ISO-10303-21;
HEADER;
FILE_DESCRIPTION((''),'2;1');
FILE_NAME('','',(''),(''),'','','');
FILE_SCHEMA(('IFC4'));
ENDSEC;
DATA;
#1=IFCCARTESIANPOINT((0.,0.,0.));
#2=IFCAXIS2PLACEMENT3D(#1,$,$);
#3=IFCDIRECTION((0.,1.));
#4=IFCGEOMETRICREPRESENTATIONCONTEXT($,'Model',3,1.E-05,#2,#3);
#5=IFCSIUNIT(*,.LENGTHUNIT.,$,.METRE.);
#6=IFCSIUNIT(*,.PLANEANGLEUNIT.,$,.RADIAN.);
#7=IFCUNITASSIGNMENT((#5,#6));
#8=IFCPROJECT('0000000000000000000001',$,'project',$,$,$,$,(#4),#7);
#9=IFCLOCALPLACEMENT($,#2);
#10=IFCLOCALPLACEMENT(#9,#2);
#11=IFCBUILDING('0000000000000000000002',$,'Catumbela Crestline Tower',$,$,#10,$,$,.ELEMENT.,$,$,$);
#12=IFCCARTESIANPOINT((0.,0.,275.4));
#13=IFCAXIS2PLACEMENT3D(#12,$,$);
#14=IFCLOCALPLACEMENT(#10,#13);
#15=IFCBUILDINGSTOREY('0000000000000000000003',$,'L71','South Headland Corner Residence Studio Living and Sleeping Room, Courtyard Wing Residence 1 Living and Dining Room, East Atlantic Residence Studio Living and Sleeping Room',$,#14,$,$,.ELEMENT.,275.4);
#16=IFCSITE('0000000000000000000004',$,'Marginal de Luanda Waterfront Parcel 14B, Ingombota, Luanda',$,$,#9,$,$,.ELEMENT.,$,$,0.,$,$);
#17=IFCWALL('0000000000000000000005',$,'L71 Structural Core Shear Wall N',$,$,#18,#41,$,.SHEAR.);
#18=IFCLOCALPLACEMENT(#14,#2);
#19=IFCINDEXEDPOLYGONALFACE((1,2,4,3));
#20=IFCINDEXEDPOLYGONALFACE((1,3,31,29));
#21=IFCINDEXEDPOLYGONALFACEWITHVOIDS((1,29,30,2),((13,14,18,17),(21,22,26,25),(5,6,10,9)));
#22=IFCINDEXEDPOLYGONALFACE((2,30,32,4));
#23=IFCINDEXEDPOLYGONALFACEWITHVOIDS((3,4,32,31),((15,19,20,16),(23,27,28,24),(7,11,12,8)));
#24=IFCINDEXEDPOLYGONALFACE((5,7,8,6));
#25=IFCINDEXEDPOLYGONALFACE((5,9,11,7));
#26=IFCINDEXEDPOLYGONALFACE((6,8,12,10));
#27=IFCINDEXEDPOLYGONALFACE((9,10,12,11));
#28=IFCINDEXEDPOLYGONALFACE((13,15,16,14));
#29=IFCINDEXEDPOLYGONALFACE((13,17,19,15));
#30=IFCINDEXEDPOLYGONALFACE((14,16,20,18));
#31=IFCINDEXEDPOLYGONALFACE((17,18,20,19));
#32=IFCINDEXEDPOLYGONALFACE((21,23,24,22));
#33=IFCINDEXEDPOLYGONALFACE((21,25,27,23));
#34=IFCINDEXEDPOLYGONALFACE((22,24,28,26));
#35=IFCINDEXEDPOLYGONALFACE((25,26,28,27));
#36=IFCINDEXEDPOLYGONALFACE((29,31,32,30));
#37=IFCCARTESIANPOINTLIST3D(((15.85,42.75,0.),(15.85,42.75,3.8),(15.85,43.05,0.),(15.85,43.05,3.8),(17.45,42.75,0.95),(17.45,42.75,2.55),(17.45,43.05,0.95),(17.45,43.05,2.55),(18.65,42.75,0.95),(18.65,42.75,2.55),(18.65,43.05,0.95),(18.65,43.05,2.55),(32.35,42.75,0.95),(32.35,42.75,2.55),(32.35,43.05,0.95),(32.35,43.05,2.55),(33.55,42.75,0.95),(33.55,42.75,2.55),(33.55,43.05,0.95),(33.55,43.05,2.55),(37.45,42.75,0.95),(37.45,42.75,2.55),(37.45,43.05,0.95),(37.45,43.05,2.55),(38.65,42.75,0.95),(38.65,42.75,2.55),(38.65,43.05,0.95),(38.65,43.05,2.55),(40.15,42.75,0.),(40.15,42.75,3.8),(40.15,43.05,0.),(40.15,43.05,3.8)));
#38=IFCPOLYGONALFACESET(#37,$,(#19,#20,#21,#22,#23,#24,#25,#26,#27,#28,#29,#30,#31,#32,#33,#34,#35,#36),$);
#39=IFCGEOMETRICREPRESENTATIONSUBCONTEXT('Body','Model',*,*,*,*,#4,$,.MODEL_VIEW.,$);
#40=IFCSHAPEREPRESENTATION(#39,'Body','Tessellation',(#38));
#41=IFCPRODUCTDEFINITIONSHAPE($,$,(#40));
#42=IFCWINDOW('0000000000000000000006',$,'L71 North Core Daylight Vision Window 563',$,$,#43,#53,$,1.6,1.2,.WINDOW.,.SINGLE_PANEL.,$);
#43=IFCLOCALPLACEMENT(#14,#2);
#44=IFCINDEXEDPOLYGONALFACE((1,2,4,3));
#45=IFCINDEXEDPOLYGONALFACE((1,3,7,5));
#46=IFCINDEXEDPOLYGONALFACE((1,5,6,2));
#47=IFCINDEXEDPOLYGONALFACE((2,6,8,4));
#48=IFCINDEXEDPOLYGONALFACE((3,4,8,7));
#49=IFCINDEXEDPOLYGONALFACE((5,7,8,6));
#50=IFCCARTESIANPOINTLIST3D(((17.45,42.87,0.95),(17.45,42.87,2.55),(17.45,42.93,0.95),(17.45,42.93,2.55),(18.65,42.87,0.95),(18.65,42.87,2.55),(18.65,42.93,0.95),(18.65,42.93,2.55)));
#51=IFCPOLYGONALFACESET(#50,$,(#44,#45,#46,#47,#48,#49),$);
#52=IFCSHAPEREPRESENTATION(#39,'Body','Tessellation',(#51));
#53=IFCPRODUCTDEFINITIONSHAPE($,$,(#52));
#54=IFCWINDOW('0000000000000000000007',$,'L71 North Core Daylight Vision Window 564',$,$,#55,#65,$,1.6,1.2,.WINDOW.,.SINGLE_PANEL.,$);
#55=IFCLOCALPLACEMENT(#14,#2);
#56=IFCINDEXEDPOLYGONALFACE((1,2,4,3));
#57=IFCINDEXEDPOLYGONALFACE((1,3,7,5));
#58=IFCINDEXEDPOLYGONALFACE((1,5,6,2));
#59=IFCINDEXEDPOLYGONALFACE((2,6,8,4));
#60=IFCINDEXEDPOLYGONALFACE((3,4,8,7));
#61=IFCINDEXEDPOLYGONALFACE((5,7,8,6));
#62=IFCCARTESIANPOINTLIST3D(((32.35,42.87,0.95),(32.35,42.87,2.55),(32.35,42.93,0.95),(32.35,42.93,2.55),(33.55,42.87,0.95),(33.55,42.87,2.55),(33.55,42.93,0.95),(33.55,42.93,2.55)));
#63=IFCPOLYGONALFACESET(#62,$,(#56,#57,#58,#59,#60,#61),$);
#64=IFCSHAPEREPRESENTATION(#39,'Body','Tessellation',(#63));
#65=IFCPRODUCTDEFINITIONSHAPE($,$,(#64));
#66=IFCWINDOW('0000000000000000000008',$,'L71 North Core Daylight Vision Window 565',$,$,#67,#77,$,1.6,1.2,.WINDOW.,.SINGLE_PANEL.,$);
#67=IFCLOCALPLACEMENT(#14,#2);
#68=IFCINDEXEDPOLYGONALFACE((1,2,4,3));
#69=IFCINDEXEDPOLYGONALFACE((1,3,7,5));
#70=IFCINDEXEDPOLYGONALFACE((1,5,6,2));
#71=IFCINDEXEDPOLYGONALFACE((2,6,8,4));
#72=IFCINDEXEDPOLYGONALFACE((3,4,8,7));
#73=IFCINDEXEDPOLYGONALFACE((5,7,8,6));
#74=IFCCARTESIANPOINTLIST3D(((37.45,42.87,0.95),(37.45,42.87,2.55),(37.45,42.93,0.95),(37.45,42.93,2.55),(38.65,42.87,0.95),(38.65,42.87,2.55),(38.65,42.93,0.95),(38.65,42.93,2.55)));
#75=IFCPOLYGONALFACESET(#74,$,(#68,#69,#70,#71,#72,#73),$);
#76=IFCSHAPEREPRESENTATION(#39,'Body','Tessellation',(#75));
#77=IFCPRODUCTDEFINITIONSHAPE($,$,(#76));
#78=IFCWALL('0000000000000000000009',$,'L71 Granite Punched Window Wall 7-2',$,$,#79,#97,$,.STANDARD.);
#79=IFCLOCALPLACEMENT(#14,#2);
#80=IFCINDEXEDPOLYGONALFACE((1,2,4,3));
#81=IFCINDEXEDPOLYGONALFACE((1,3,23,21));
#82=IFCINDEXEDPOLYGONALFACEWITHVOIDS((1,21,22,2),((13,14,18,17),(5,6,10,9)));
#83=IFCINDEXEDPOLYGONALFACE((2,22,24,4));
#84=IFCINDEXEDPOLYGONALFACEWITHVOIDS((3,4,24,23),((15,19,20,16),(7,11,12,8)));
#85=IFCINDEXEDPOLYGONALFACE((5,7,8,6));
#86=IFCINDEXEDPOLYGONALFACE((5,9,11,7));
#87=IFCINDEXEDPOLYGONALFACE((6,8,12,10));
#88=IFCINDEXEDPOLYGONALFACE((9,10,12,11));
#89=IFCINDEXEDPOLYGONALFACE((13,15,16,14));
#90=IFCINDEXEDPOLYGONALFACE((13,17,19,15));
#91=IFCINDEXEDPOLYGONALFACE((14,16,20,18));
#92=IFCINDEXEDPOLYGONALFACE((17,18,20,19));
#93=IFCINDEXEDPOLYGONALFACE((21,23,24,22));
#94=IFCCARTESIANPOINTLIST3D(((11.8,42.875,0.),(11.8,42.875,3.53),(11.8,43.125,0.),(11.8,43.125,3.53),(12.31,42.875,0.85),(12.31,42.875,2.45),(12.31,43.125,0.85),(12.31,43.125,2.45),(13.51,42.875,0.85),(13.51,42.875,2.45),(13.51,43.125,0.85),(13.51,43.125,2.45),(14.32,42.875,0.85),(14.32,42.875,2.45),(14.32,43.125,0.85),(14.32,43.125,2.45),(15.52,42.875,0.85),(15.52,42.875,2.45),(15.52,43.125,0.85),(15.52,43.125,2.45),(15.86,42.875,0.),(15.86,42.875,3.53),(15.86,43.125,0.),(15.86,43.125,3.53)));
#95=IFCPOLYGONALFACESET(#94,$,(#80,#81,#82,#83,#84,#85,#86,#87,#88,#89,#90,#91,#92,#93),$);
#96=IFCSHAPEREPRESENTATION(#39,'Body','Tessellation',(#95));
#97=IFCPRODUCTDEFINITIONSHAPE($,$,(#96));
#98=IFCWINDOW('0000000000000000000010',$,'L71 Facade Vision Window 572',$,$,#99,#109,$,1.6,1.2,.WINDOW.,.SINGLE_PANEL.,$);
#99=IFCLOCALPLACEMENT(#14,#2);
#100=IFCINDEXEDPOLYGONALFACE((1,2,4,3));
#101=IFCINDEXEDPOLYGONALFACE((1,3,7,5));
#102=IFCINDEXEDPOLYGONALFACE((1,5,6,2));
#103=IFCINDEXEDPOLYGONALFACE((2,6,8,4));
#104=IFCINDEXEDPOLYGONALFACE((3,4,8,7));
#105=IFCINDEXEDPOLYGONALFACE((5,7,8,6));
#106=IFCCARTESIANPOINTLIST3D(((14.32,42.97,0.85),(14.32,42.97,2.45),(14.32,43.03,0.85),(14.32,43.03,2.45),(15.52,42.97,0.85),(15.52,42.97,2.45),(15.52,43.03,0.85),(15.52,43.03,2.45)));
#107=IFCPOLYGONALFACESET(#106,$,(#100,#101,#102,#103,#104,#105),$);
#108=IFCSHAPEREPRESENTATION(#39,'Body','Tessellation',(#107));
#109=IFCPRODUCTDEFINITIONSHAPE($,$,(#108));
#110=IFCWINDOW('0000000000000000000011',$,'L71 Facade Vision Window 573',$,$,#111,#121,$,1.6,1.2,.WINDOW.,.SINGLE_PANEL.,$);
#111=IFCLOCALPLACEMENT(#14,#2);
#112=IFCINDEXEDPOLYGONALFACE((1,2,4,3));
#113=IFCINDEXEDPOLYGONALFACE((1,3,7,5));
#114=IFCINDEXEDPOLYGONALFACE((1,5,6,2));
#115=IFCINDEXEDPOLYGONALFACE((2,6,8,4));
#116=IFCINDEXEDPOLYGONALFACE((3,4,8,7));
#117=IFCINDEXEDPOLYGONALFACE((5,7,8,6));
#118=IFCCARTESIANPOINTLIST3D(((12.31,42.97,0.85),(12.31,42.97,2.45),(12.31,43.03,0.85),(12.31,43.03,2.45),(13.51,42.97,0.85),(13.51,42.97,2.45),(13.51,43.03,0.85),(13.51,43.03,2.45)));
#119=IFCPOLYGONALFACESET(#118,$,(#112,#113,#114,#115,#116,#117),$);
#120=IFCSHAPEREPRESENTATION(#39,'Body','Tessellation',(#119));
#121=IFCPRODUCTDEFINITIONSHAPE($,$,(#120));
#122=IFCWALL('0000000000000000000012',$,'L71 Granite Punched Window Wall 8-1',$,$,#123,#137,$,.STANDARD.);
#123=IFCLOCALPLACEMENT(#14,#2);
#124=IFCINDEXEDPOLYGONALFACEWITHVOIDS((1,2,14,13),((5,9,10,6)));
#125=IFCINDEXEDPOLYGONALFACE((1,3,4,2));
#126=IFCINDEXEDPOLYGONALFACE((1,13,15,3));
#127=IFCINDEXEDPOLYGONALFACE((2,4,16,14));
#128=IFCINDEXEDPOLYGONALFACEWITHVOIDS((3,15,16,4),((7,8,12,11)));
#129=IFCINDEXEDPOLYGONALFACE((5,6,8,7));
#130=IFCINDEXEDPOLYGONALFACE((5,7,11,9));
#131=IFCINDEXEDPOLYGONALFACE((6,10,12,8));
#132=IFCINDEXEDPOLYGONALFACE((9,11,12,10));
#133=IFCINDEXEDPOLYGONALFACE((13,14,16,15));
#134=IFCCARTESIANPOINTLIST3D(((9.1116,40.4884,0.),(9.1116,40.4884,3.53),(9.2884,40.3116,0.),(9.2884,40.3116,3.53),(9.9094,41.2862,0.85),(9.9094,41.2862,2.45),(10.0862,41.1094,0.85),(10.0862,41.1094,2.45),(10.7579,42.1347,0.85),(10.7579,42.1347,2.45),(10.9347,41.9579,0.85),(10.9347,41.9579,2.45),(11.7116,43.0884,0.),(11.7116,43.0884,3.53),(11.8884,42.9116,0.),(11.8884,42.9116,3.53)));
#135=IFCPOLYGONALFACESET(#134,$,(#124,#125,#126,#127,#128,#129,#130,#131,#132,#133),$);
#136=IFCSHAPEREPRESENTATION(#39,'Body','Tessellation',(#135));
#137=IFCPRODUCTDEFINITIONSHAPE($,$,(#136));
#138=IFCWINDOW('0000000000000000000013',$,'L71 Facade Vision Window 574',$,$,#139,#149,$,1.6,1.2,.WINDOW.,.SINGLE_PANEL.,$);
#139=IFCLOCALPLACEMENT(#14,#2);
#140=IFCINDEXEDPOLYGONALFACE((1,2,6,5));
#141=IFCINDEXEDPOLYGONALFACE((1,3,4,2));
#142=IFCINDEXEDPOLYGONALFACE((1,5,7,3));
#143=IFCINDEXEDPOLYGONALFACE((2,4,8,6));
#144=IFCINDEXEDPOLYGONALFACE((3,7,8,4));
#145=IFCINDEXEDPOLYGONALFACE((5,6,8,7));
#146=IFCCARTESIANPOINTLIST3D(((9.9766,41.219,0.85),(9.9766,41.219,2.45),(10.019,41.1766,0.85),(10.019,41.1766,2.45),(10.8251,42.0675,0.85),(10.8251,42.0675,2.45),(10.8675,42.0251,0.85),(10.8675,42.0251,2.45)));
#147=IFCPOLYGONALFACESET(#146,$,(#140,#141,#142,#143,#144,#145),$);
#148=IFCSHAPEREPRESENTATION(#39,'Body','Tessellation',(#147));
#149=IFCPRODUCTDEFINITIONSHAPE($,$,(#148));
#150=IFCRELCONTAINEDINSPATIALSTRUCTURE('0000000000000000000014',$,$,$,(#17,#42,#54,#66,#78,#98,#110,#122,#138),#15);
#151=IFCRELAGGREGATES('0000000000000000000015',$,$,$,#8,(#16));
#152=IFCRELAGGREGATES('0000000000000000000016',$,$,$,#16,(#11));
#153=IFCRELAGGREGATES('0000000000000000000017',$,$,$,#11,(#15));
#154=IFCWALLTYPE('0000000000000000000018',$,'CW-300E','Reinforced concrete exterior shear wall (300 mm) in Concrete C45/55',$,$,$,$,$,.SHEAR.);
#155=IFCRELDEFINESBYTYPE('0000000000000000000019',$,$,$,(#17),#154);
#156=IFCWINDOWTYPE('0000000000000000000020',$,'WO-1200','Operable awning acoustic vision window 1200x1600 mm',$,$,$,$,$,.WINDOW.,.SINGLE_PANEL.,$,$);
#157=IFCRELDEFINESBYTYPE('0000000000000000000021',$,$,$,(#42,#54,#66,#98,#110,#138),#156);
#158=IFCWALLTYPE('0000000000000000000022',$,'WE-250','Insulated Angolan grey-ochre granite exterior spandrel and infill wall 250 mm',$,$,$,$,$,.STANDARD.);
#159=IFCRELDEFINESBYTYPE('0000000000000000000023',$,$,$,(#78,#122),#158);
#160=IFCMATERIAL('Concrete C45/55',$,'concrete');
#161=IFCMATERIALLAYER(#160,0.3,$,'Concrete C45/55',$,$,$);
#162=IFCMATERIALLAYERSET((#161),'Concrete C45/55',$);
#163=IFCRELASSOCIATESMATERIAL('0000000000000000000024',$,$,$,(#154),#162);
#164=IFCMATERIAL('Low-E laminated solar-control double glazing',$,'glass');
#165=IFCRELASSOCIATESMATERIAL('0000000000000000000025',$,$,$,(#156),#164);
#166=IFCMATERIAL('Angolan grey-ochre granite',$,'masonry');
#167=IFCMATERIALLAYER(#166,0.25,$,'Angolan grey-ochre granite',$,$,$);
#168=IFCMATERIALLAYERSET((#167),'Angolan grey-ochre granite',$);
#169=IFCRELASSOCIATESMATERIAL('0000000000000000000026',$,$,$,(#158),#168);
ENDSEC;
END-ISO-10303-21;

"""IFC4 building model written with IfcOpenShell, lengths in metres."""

from ifc_helpers import new_model, si_unit, direction, frame, frame_2d, origin, place, context, subcontext, project, spatial, rectangle, extrude, material, layer, layer_set, type_object, element, fill, save


model = new_model("IFC4")

# Units and contexts
model_context = context("Model", 3, precision=1e-05, world=origin(), true_north=direction((0.0, 1.0)))
body_context = subcontext(model_context, "Body", "Model", "MODEL_VIEW")
ifc_project = project(units=[si_unit("LENGTHUNIT", "METRE"), si_unit("PLANEANGLEUNIT", "RADIAN")], contexts=[model_context])

# Site, building, storey
site_placement = place(None, origin())
site = spatial("IfcSite", under=ifc_project, at=site_placement, Name="Marginal de Luanda Waterfront Parcel 14B, Ingombota, Luanda", CompositionType="ELEMENT", RefElevation=0.0)
building_placement = place(site_placement, origin())
building = spatial("IfcBuilding", under=site, at=building_placement, Name="Catumbela Crestline Tower", CompositionType="ELEMENT")
storey_placement = place(building_placement, frame((0.0, 0.0, 275.4)))
storey = spatial("IfcBuildingStorey", under=building, at=storey_placement, Name="L71", Description="South Headland Corner Residence Studio Living and Sleeping Room, Courtyard Wing Residence 1 Living and Dining Room, East Atlantic Residence Studio Living and Sleeping Room", CompositionType="ELEMENT", Elevation=275.4)

# Shared definitions
ifc_material_1 = material(Name="Low-E laminated solar-control double glazing", Category="glass")

# Walls, openings, windows
ifc_material_2 = material(Name="Concrete C45/55", Category="concrete")
ifc_layer_1 = layer(ifc_material_2, 0.3, Name="Concrete C45/55")
ifc_layer_set_1 = layer_set([ifc_layer_1], Name="Concrete C45/55")
wall_type_1 = type_object("IfcWallType", Name="CW-300E", Description="Reinforced concrete exterior shear wall (300 mm) in Concrete C45/55", PredefinedType="SHEAR", material=ifc_layer_set_1)
wall_1_placement = place(storey_placement, frame((15.85, 42.9, 0.0), z_axis=(0.0, 0.0, 1.0), x_axis=(1.0, 0.0, 0.0)))
wall_1 = element("IfcWall", 1, at=wall_1_placement, inside=storey, type_object=wall_type_1, Name="L71 Structural Core Shear Wall N", PredefinedType="SHEAR", context=body_context, shape_type="SweptSolid", body=[
    extrude(rectangle(XDim=24.3, YDim=0.3, at=frame_2d((12.15, 0.0))), origin(), (0.0, 0.0, 1.0), 3.8),
])
opening_1_placement = place(wall_1_placement, frame((1.6, 0.0, 0.95)))
opening_1 = element("IfcOpeningElement", 2, at=opening_1_placement, cuts=wall_1, PredefinedType="OPENING", context=body_context, shape_type="SweptSolid", body=[
    extrude(rectangle(XDim=1.2, YDim=1.6, at=frame_2d((0.6, 0.8))), frame((0.0, 0.16, 0.0), z_axis=(0.0, -1.0, 0.0), x_axis=(1.0, 0.0, 0.0)), (0.0, 0.0, 1.0), 0.32),
])
opening_2_placement = place(wall_1_placement, frame((16.5, 0.0, 0.95)))
opening_2 = element("IfcOpeningElement", 3, at=opening_2_placement, cuts=wall_1, PredefinedType="OPENING", context=body_context, shape_type="SweptSolid", body=[
    extrude(rectangle(XDim=1.2, YDim=1.6, at=frame_2d((0.6, 0.8))), frame((0.0, 0.16, 0.0), z_axis=(0.0, -1.0, 0.0), x_axis=(1.0, 0.0, 0.0)), (0.0, 0.0, 1.0), 0.32),
])
opening_3_placement = place(wall_1_placement, frame((21.6, 0.0, 0.95)))
opening_3 = element("IfcOpeningElement", 4, at=opening_3_placement, cuts=wall_1, PredefinedType="OPENING", context=body_context, shape_type="SweptSolid", body=[
    extrude(rectangle(XDim=1.2, YDim=1.6, at=frame_2d((0.6, 0.8))), frame((0.0, 0.16, 0.0), z_axis=(0.0, -1.0, 0.0), x_axis=(1.0, 0.0, 0.0)), (0.0, 0.0, 1.0), 0.32),
])
window_type_1 = type_object("IfcWindowType", Name="WO-1200", Description="Operable awning acoustic vision window 1200x1600 mm", PartitioningType="SINGLE_PANEL", PredefinedType="WINDOW", material=ifc_material_1)
window_1_placement = place(opening_1_placement, origin())
window_1 = element("IfcWindow", 5, at=window_1_placement, inside=storey, type_object=window_type_1, Name="L71 North Core Daylight Vision Window 563", OverallHeight=1.6, OverallWidth=1.2, PartitioningType="SINGLE_PANEL", PredefinedType="WINDOW", context=body_context, shape_type="SweptSolid", body=[
    extrude(rectangle(XDim=1.2, YDim=1.6, at=frame_2d((0.6, 0.8))), frame((0.0, 0.03, 0.0), z_axis=(0.0, -1.0, 0.0), x_axis=(1.0, 0.0, 0.0)), (0.0, 0.0, 1.0), 0.06),
])
fill(opening_1, window_1)
window_2_placement = place(opening_2_placement, origin())
window_2 = element("IfcWindow", 6, at=window_2_placement, inside=storey, type_object=window_type_1, Name="L71 North Core Daylight Vision Window 564", OverallHeight=1.6, OverallWidth=1.2, PartitioningType="SINGLE_PANEL", PredefinedType="WINDOW", context=body_context, shape_type="SweptSolid", body=[
    extrude(rectangle(XDim=1.2, YDim=1.6, at=frame_2d((0.6, 0.8))), frame((0.0, 0.03, 0.0), z_axis=(0.0, -1.0, 0.0), x_axis=(1.0, 0.0, 0.0)), (0.0, 0.0, 1.0), 0.06),
])
fill(opening_2, window_2)
window_3_placement = place(opening_3_placement, origin())
window_3 = element("IfcWindow", 7, at=window_3_placement, inside=storey, type_object=window_type_1, Name="L71 North Core Daylight Vision Window 565", OverallHeight=1.6, OverallWidth=1.2, PartitioningType="SINGLE_PANEL", PredefinedType="WINDOW", context=body_context, shape_type="SweptSolid", body=[
    extrude(rectangle(XDim=1.2, YDim=1.6, at=frame_2d((0.6, 0.8))), frame((0.0, 0.03, 0.0), z_axis=(0.0, -1.0, 0.0), x_axis=(1.0, 0.0, 0.0)), (0.0, 0.0, 1.0), 0.06),
])
fill(opening_3, window_3)
ifc_material_3 = material(Name="Angolan grey-ochre granite", Category="masonry")
ifc_layer_2 = layer(ifc_material_3, 0.25, Name="Angolan grey-ochre granite")
ifc_layer_set_2 = layer_set([ifc_layer_2], Name="Angolan grey-ochre granite")
wall_type_2 = type_object("IfcWallType", Name="WE-250", Description="Insulated Angolan grey-ochre granite exterior spandrel and infill wall 250 mm", PredefinedType="STANDARD", material=ifc_layer_set_2)
wall_2_placement = place(storey_placement, frame((15.86, 43.0, 0.0), z_axis=(0.0, 0.0, 1.0), x_axis=(-1.0, 0.0, 0.0)))
wall_2 = element("IfcWall", 8, at=wall_2_placement, inside=storey, type_object=wall_type_2, Name="L71 Granite Punched Window Wall 7-2", PredefinedType="STANDARD", context=body_context, shape_type="SweptSolid", body=[
    extrude(rectangle(XDim=4.06, YDim=0.25, at=frame_2d((2.03, 0.0))), origin(), (0.0, 0.0, 1.0), 3.53),
])
opening_4_placement = place(wall_2_placement, frame((0.34, 0.0, 0.85)))
opening_4 = element("IfcOpeningElement", 9, at=opening_4_placement, cuts=wall_2, PredefinedType="OPENING", context=body_context, shape_type="SweptSolid", body=[
    extrude(rectangle(XDim=1.2, YDim=1.6, at=frame_2d((0.6, 0.8))), frame((0.0, 0.135, 0.0), z_axis=(0.0, -1.0, 0.0), x_axis=(1.0, 0.0, 0.0)), (0.0, 0.0, 1.0), 0.27),
])
opening_5_placement = place(wall_2_placement, frame((2.35, 0.0, 0.85)))
opening_5 = element("IfcOpeningElement", 10, at=opening_5_placement, cuts=wall_2, PredefinedType="OPENING", context=body_context, shape_type="SweptSolid", body=[
    extrude(rectangle(XDim=1.2, YDim=1.6, at=frame_2d((0.6, 0.8))), frame((0.0, 0.135, 0.0), z_axis=(0.0, -1.0, 0.0), x_axis=(1.0, 0.0, 0.0)), (0.0, 0.0, 1.0), 0.27),
])
window_4_placement = place(opening_4_placement, origin())
window_4 = element("IfcWindow", 11, at=window_4_placement, inside=storey, type_object=window_type_1, Name="L71 Facade Vision Window 572", OverallHeight=1.6, OverallWidth=1.2, PartitioningType="SINGLE_PANEL", PredefinedType="WINDOW", context=body_context, shape_type="SweptSolid", body=[
    extrude(rectangle(XDim=1.2, YDim=1.6, at=frame_2d((0.6, 0.8))), frame((0.0, 0.03, 0.0), z_axis=(0.0, -1.0, 0.0), x_axis=(1.0, 0.0, 0.0)), (0.0, 0.0, 1.0), 0.06),
])
fill(opening_4, window_4)
window_5_placement = place(opening_5_placement, origin())
window_5 = element("IfcWindow", 12, at=window_5_placement, inside=storey, type_object=window_type_1, Name="L71 Facade Vision Window 573", OverallHeight=1.6, OverallWidth=1.2, PartitioningType="SINGLE_PANEL", PredefinedType="WINDOW", context=body_context, shape_type="SweptSolid", body=[
    extrude(rectangle(XDim=1.2, YDim=1.6, at=frame_2d((0.6, 0.8))), frame((0.0, 0.03, 0.0), z_axis=(0.0, -1.0, 0.0), x_axis=(1.0, 0.0, 0.0)), (0.0, 0.0, 1.0), 0.06),
])
fill(opening_5, window_5)

# Wall, opening, window
wall_3_placement = place(storey_placement, frame((11.8, 43.0, 0.0), z_axis=(0.0, 0.0, 1.0), x_axis=(-0.707107, -0.707107, 0.0)))
wall_3 = element("IfcWall", 13, at=wall_3_placement, inside=storey, type_object=wall_type_2, Name="L71 Granite Punched Window Wall 8-1", PredefinedType="STANDARD", context=body_context, shape_type="SweptSolid", body=[
    extrude(rectangle(XDim=3.677, YDim=0.25, at=frame_2d((1.8385, 0.0))), origin(), (0.0, 0.0, 1.0), 3.53),
])
opening_6_placement = place(wall_3_placement, frame((1.3487, 0.0, 0.85)))
opening_6 = element("IfcOpeningElement", 14, at=opening_6_placement, cuts=wall_3, PredefinedType="OPENING", context=body_context, shape_type="SweptSolid", body=[
    extrude(rectangle(XDim=1.2, YDim=1.6, at=frame_2d((0.6, 0.8))), frame((0.0, 0.135, 0.0), z_axis=(0.0, -1.0, 0.0), x_axis=(1.0, 0.0, 0.0)), (0.0, 0.0, 1.0), 0.27),
])
window_6_placement = place(opening_6_placement, origin())
window_6 = element("IfcWindow", 15, at=window_6_placement, inside=storey, type_object=window_type_1, Name="L71 Facade Vision Window 574", OverallHeight=1.6, OverallWidth=1.2, PartitioningType="SINGLE_PANEL", PredefinedType="WINDOW", context=body_context, shape_type="SweptSolid", body=[
    extrude(rectangle(XDim=1.2, YDim=1.6, at=frame_2d((0.6, 0.8))), frame((0.0, 0.03, 0.0), z_axis=(0.0, -1.0, 0.0), x_axis=(1.0, 0.0, 0.0)), (0.0, 0.0, 1.0), 0.06),
])
fill(opening_6, window_6)

save(model, "model.ifc")
